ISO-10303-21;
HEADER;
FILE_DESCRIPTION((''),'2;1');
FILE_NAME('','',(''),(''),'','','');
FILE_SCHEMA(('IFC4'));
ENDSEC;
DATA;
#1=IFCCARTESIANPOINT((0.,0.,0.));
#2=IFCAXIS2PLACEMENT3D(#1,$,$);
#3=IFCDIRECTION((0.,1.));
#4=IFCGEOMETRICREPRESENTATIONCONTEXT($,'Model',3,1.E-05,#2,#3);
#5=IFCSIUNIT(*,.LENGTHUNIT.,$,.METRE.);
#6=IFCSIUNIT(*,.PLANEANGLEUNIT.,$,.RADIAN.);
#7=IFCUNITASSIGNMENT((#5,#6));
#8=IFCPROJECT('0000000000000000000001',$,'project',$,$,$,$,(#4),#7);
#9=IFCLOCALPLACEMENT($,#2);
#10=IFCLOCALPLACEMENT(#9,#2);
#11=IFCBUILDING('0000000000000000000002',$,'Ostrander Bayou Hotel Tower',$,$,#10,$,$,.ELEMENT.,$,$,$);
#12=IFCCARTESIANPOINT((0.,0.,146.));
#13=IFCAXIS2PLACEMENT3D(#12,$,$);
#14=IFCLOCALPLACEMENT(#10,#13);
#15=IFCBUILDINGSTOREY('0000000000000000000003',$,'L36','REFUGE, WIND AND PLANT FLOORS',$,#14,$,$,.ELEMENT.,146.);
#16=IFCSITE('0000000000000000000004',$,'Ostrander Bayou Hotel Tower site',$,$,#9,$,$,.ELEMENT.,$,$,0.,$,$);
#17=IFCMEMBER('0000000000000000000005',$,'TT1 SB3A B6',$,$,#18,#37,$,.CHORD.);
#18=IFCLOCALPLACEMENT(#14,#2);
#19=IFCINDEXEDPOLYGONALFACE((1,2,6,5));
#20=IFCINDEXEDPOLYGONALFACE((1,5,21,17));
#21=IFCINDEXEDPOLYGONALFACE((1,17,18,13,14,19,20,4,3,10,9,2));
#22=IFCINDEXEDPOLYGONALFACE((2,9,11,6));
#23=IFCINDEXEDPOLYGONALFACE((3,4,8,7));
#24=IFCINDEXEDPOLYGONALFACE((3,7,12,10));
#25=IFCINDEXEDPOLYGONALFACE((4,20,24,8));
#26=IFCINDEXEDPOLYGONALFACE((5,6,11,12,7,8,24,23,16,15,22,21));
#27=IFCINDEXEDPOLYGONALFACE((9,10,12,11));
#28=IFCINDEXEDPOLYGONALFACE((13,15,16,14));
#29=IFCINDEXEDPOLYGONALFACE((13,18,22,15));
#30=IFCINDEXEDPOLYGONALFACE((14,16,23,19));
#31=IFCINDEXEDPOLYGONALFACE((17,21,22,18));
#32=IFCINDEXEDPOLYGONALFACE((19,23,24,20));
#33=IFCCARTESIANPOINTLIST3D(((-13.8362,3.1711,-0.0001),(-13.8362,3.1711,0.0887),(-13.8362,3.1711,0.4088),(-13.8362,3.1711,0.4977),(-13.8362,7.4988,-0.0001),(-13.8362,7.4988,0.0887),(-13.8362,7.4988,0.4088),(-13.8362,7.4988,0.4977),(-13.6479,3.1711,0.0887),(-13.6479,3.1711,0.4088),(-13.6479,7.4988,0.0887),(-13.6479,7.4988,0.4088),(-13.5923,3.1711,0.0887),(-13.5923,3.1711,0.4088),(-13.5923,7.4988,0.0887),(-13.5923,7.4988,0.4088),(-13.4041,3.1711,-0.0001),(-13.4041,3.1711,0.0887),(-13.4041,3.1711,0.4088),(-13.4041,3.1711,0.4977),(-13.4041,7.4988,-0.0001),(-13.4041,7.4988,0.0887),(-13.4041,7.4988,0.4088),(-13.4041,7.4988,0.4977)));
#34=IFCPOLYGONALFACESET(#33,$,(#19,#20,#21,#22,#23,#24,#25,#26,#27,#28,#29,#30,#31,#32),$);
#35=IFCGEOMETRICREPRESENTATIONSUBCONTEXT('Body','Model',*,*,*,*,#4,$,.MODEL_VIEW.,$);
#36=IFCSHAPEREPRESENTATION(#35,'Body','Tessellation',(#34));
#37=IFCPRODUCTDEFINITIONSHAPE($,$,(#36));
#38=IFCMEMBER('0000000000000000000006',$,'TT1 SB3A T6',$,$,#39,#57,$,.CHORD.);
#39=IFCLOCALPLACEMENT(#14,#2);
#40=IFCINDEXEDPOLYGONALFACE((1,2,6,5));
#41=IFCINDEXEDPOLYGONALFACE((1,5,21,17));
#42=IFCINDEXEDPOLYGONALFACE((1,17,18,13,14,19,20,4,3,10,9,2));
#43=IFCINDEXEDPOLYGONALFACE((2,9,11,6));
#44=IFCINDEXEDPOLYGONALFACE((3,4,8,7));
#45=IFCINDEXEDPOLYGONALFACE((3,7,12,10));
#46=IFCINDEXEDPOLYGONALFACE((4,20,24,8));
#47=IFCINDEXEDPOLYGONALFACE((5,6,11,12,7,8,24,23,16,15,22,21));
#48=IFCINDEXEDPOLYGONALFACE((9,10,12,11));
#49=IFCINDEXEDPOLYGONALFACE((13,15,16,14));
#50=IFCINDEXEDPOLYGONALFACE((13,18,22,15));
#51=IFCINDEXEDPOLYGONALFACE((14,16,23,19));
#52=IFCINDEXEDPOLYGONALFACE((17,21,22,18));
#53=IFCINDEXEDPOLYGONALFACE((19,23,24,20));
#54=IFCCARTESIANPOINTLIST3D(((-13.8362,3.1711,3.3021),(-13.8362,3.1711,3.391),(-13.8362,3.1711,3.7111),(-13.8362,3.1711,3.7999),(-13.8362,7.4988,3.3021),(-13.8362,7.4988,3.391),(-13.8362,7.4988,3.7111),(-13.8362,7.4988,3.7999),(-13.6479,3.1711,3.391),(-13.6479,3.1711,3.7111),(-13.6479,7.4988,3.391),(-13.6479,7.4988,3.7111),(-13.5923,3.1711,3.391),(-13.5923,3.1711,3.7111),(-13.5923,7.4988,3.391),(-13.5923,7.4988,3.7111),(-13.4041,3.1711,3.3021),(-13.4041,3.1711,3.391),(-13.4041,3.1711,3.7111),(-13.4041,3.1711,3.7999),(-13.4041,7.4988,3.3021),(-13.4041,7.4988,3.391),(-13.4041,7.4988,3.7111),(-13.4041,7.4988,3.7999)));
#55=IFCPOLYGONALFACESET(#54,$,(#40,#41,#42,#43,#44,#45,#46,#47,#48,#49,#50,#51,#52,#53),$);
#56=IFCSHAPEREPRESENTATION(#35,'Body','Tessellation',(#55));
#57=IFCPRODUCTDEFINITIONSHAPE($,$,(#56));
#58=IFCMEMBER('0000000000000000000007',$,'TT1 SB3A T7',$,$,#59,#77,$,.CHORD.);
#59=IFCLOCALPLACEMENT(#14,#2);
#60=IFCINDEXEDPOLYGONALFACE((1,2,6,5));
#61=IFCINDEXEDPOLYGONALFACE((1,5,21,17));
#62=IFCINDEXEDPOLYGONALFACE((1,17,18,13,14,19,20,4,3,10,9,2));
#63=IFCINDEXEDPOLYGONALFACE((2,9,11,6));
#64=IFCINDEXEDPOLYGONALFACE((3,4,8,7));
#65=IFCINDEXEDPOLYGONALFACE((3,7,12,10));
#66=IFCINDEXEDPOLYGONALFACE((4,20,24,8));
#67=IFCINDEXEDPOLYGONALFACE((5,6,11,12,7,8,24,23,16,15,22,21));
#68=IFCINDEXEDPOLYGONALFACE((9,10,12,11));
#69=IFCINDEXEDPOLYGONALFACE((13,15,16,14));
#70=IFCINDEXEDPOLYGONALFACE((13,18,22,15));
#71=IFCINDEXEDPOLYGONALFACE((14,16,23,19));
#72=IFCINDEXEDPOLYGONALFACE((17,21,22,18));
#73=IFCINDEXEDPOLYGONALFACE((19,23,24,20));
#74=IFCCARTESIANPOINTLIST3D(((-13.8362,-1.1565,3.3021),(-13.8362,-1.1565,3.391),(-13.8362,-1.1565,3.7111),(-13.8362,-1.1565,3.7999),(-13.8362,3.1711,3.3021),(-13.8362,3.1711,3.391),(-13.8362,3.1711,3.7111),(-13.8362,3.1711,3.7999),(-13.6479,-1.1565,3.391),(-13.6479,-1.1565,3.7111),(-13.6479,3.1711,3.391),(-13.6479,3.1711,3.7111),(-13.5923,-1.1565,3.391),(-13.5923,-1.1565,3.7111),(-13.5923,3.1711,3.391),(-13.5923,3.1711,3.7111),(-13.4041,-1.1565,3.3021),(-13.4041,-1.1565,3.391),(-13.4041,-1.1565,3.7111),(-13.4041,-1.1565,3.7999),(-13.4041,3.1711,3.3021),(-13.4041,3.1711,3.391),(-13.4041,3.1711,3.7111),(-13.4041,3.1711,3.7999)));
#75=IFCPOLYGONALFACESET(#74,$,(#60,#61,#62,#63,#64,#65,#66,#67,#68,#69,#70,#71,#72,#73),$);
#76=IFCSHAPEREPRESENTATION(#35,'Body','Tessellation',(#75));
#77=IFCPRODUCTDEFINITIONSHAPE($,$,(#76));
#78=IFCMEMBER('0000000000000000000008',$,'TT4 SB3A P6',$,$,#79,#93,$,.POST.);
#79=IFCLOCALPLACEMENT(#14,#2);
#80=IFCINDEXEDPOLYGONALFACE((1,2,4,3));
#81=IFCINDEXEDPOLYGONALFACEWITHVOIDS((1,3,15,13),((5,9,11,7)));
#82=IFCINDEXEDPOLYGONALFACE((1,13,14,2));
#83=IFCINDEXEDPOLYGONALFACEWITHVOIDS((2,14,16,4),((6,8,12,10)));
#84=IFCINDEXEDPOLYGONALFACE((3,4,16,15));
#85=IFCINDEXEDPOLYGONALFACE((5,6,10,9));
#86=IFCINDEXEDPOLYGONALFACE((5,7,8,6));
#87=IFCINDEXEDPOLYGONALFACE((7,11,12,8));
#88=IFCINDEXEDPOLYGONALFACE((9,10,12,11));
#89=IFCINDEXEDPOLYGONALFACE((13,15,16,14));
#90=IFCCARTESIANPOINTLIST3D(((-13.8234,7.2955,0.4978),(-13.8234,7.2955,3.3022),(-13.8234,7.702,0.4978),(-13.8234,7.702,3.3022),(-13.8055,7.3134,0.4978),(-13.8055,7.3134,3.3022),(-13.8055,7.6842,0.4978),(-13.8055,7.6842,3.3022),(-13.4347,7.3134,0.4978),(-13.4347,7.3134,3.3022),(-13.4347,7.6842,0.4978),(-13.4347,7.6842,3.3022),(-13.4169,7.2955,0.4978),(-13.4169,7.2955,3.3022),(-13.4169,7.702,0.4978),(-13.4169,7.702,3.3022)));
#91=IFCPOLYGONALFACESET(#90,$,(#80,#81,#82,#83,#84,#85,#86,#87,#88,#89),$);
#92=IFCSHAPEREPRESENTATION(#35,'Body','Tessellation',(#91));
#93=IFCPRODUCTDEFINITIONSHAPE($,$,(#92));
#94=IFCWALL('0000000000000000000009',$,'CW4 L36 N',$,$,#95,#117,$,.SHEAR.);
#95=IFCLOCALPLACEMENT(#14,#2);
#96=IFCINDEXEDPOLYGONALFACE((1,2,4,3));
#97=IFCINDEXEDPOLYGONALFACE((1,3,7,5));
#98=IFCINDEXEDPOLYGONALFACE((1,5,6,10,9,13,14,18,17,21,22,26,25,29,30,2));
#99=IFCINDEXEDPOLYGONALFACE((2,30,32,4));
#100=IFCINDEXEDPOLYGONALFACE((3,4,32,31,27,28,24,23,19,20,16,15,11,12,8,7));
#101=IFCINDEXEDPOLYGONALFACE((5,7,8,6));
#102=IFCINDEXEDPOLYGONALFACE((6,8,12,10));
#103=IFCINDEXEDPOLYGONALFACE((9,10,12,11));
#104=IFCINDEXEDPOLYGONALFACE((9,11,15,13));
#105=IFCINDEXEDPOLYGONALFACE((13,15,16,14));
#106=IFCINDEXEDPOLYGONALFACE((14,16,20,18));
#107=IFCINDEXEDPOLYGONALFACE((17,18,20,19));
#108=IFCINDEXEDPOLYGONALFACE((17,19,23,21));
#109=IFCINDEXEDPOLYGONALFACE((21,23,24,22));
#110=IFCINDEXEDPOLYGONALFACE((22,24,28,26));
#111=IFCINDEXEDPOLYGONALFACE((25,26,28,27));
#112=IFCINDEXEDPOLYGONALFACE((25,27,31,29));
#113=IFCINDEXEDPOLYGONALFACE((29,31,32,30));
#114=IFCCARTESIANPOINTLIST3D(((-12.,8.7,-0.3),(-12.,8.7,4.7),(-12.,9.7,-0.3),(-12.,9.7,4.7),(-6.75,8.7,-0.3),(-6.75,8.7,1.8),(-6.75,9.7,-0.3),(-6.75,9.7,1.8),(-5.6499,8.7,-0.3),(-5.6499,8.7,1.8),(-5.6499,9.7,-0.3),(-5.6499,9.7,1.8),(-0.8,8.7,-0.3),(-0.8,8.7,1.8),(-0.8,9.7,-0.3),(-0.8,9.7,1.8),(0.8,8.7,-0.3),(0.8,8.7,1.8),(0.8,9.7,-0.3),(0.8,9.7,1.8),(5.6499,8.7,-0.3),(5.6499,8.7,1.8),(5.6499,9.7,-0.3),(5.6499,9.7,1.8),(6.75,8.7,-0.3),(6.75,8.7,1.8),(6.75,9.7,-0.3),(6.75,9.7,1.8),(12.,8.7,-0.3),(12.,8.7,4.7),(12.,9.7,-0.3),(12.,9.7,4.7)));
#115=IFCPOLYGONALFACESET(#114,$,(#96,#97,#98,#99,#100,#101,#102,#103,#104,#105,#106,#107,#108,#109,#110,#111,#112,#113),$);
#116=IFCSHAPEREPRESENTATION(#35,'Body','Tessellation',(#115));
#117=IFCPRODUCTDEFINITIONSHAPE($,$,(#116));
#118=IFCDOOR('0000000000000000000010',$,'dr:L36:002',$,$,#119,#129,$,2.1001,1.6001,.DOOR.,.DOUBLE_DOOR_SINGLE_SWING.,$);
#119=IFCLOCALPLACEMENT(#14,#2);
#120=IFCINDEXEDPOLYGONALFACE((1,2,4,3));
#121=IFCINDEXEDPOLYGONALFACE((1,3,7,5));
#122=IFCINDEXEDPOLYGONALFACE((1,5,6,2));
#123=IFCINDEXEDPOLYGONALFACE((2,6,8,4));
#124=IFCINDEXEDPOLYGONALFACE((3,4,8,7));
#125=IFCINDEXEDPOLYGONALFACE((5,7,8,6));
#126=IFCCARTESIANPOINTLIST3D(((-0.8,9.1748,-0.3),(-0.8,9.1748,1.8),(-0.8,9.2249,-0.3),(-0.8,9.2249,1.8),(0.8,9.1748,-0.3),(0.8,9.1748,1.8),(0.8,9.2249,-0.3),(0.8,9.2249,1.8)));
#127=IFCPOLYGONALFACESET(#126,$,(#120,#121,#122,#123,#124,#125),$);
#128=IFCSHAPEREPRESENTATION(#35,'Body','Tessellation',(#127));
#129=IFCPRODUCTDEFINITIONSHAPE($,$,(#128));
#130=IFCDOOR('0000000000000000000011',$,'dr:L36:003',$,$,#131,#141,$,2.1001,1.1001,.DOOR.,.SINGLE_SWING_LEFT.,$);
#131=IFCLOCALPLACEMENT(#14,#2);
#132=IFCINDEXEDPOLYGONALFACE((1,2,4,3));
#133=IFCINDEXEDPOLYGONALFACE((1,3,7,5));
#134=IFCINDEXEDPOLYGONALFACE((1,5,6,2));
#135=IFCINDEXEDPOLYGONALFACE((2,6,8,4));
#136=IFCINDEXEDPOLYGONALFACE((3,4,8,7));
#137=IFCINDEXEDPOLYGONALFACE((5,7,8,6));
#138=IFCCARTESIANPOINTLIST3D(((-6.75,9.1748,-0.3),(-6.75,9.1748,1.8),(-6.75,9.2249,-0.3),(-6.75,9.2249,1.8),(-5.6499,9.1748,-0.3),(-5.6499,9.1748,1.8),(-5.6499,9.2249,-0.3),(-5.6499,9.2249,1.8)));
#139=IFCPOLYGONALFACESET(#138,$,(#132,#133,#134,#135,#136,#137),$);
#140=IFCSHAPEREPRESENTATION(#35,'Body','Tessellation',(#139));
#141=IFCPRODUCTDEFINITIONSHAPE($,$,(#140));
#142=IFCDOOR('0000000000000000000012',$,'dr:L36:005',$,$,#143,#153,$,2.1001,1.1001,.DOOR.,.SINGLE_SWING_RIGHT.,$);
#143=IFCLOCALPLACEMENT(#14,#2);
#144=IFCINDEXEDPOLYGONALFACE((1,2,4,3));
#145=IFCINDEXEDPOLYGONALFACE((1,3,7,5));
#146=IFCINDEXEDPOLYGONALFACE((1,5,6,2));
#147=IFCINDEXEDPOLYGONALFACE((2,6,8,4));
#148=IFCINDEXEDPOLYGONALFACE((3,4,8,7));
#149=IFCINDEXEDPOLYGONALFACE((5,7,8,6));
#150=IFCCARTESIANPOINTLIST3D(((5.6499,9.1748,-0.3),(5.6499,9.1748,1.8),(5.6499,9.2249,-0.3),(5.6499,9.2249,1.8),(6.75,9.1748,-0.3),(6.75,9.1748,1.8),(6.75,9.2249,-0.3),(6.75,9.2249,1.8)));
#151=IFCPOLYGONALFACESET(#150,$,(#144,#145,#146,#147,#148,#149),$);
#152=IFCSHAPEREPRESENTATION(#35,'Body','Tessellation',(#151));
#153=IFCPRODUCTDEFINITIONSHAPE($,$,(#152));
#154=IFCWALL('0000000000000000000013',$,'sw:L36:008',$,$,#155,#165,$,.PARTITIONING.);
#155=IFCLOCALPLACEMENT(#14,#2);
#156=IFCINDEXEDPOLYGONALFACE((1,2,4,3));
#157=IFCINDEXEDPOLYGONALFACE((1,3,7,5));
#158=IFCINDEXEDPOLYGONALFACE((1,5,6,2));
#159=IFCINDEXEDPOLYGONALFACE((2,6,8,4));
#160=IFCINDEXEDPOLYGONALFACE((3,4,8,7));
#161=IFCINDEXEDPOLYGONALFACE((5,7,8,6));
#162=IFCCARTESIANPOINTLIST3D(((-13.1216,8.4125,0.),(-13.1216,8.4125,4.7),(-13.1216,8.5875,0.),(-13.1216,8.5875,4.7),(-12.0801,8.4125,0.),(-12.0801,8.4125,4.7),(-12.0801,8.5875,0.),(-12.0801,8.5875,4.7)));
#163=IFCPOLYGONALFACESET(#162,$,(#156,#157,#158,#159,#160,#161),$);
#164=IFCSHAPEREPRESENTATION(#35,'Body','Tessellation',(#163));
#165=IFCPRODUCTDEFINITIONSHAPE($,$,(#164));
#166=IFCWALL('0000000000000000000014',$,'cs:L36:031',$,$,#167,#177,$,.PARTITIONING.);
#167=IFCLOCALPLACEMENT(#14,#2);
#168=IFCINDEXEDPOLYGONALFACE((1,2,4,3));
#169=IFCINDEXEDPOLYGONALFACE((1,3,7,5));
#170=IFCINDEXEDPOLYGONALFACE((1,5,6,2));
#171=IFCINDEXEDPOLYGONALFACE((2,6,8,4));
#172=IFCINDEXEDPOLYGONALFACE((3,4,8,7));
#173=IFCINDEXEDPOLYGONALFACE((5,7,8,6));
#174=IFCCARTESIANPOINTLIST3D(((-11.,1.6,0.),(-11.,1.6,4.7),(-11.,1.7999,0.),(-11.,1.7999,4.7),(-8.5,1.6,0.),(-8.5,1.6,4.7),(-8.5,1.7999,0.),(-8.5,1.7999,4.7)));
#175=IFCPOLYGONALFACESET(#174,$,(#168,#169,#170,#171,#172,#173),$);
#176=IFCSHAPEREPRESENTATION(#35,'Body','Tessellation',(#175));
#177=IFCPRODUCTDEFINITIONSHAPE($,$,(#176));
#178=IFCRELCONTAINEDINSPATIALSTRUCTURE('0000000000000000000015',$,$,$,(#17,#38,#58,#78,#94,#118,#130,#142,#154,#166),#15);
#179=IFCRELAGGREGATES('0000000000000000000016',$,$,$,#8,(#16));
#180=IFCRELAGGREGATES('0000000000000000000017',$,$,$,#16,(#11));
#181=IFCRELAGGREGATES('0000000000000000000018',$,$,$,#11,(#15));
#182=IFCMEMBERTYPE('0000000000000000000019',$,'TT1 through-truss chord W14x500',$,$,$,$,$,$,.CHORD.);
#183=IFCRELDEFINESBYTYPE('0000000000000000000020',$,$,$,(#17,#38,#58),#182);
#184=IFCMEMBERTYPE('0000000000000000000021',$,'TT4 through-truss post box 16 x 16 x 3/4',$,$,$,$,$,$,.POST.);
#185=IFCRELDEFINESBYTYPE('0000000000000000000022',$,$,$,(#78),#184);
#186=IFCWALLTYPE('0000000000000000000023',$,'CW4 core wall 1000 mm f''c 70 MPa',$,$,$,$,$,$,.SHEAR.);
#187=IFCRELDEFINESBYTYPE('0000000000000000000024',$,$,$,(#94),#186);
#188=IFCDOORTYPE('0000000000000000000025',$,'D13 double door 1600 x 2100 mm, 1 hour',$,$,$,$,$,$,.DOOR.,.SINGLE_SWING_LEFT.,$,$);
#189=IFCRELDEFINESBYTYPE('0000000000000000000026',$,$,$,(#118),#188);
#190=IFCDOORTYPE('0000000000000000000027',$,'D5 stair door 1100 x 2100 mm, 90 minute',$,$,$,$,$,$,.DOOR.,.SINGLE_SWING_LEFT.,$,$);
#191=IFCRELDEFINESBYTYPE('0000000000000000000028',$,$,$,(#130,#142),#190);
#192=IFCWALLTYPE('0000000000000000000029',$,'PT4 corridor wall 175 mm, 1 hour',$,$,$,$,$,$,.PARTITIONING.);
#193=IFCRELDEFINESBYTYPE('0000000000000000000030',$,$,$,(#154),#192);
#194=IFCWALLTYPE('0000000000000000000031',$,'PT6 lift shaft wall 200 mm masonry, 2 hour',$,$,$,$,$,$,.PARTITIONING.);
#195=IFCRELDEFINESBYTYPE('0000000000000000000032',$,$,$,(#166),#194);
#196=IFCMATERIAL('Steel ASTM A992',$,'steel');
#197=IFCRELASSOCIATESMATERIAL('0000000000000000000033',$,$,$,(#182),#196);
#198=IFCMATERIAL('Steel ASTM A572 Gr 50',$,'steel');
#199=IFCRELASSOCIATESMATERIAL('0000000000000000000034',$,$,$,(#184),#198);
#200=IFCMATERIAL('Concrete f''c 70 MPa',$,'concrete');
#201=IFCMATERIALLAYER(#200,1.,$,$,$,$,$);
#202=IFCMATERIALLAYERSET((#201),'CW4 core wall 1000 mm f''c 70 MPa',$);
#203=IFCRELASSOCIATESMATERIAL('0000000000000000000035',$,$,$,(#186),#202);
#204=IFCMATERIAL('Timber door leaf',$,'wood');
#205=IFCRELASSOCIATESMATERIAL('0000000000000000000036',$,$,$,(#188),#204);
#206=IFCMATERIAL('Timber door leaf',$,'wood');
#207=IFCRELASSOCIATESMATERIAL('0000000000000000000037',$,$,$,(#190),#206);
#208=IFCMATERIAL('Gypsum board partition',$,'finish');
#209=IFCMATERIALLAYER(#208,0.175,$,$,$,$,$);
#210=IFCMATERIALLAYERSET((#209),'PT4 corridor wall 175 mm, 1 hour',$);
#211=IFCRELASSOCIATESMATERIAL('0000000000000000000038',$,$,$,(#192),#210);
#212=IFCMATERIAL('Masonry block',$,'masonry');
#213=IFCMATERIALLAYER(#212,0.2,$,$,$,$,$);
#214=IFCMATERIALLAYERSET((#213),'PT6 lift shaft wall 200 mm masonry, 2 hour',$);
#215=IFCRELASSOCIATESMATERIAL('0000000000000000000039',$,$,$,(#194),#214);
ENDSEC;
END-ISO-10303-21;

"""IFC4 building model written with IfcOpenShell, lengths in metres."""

from ifc_helpers import new_model, si_unit, direction, frame, frame_2d, origin, origin_2d, place, context, subcontext, project, spatial, rectangle, hollow_rectangle, i_section, extrude, material, layer, layer_set, material_profile, profile_set, type_object, element, fill, save


model = new_model("IFC4")

# Units and contexts
model_context = context("Model", 3, precision=1e-05, world=origin(), true_north=direction((0.0, 1.0)))
body_context = subcontext(model_context, "Body", "Model", "MODEL_VIEW")
ifc_project = project(units=[si_unit("LENGTHUNIT", "METRE"), si_unit("PLANEANGLEUNIT", "RADIAN")], contexts=[model_context])

# Site, building, storey
site_placement = place(None, origin())
site = spatial("IfcSite", under=ifc_project, at=site_placement, Name="Ostrander Bayou Hotel Tower site", CompositionType="ELEMENT", RefElevation=0.0)
building_placement = place(site_placement, origin())
building = spatial("IfcBuilding", under=site, at=building_placement, Name="Ostrander Bayou Hotel Tower", CompositionType="ELEMENT")
storey_placement = place(building_placement, frame((0.0, 0.0, 146.0)))
storey = spatial("IfcBuildingStorey", under=building, at=storey_placement, Name="L36", Description="REFUGE, WIND AND PLANT FLOORS", CompositionType="ELEMENT", Elevation=146.0)

# Members
ifc_material_1 = material(Name="Steel ASTM A992", Category="steel")
ifc_material_profile_1 = material_profile(ifc_material_1, i_section(OverallWidth=0.4321, OverallDepth=0.4978, WebThickness=0.0557, FlangeThickness=0.0889, at=origin_2d()))
ifc_profile_set_1 = profile_set([ifc_material_profile_1], Name="Steel ASTM A992")
member_type_1 = type_object("IfcMemberType", Name="TT1 through-truss chord W14x500", PredefinedType="CHORD", material=ifc_profile_set_1)
for number, where, z_axis, x_axis, name in (
    (1, (-13.6201, 7.4988, 0.2488), (0.0, -1.0, 0.0), (1.0, 0.0, 0.0), "TT1 SB3A B6"),
    (2, (-13.6201, 7.4988, 3.551), (0.0, -1.0, 0.0), (1.0, 0.0, 0.0), "TT1 SB3A T6"),
    (3, (-13.6201, 3.1711, 3.551), (0.0, -1.0, 0.0), (1.0, 0.0, 0.0), "TT1 SB3A T7"),
):
    element("IfcMember", number, at=place(storey_placement, frame(where, z_axis=z_axis, x_axis=x_axis)), inside=storey, type_object=member_type_1, Name=name, PredefinedType="CHORD", context=body_context, shape_type="SweptSolid", body=[
        extrude(i_section(OverallWidth=0.4321, OverallDepth=0.4978, WebThickness=0.0557, FlangeThickness=0.0889, at=origin_2d()), origin(), (0.0, 0.0, 1.0), 4.3276),
    ])
ifc_material_2 = material(Name="Steel ASTM A572 Gr 50", Category="steel")
ifc_material_profile_2 = material_profile(ifc_material_2, hollow_rectangle(XDim=0.4065, YDim=0.4065, WallThickness=0.0178, at=origin_2d()))
ifc_profile_set_2 = profile_set([ifc_material_profile_2], Name="Steel ASTM A572 Gr 50")
member_type_2 = type_object("IfcMemberType", Name="TT4 through-truss post box 16 x 16 x 3/4", PredefinedType="POST", material=ifc_profile_set_2)
member_placement = place(storey_placement, frame((-13.6201, 7.4988, 0.4978), z_axis=(0.0, 0.0, 1.0), x_axis=(1.0, 0.0, 0.0)))
element("IfcMember", 4, at=member_placement, inside=storey, type_object=member_type_2, Name="TT4 SB3A P6", PredefinedType="POST", context=body_context, shape_type="SweptSolid", body=[
    extrude(hollow_rectangle(XDim=0.4065, YDim=0.4065, WallThickness=0.0178, at=origin_2d()), origin(), (0.0, 0.0, 1.0), 2.8044),
])

# Wall, openings, doors
ifc_material_3 = material(Name="Concrete f'c 70 MPa", Category="concrete")
ifc_layer_1 = layer(ifc_material_3, 1.0)
ifc_layer_set_1 = layer_set([ifc_layer_1], Name="CW4 core wall 1000 mm f'c 70 MPa")
wall_type_1 = type_object("IfcWallType", Name="CW4 core wall 1000 mm f'c 70 MPa", PredefinedType="SHEAR", material=ifc_layer_set_1)
wall_1_placement = place(storey_placement, frame((-12.0, 9.2, -0.3), z_axis=(0.0, 0.0, 1.0), x_axis=(1.0, 0.0, 0.0)))
wall_1 = element("IfcWall", 5, at=wall_1_placement, inside=storey, type_object=wall_type_1, Name="CW4 L36 N", PredefinedType="SHEAR", context=body_context, shape_type="SweptSolid", body=[
    extrude(rectangle(XDim=24.0, YDim=1.0, at=frame_2d((12.0, 0.0))), origin(), (0.0, 0.0, 1.0), 5.0),
])
opening_1_placement = place(wall_1_placement, frame((11.2, 0.0, 0.0)))
opening_1 = element("IfcOpeningElement", 6, at=opening_1_placement, cuts=wall_1, PredefinedType="OPENING", context=body_context, shape_type="SweptSolid", body=[
    extrude(rectangle(XDim=1.6001, YDim=2.1001, at=frame_2d((0.8, 1.05))), frame((0.0, 0.5, 0.0), z_axis=(0.0, -1.0, 0.0), x_axis=(1.0, 0.0, 0.0)), (0.0, 0.0, 1.0), 1.0),
])
opening_2_placement = place(wall_1_placement, frame((5.25, 0.0, 0.0)))
opening_2 = element("IfcOpeningElement", 7, at=opening_2_placement, cuts=wall_1, PredefinedType="OPENING", context=body_context, shape_type="SweptSolid", body=[
    extrude(rectangle(XDim=1.1001, YDim=2.1001, at=frame_2d((0.55, 1.05))), frame((0.0, 0.5, 0.0), z_axis=(0.0, -1.0, 0.0), x_axis=(1.0, 0.0, 0.0)), (0.0, 0.0, 1.0), 1.0),
])
opening_3_placement = place(wall_1_placement, frame((17.6499, 0.0, 0.0)))
opening_3 = element("IfcOpeningElement", 8, at=opening_3_placement, cuts=wall_1, PredefinedType="OPENING", context=body_context, shape_type="SweptSolid", body=[
    extrude(rectangle(XDim=1.1001, YDim=2.1001, at=frame_2d((0.55, 1.05))), frame((0.0, 0.5, 0.0), z_axis=(0.0, -1.0, 0.0), x_axis=(1.0, 0.0, 0.0)), (0.0, 0.0, 1.0), 1.0),
])
ifc_material_4 = material(Name="Timber door leaf", Category="wood")
door_type_1 = type_object("IfcDoorType", Name="D13 double door 1600 x 2100 mm, 1 hour", OperationType="SINGLE_SWING_LEFT", PredefinedType="DOOR", material=ifc_material_4)
door_1_placement = place(opening_1_placement, origin())
door_1 = element("IfcDoor", 9, at=door_1_placement, inside=storey, type_object=door_type_1, Name="dr:L36:002", OperationType="DOUBLE_DOOR_SINGLE_SWING", OverallHeight=2.1001, OverallWidth=1.6001, PredefinedType="DOOR", context=body_context, shape_type="SweptSolid", body=[
    extrude(rectangle(XDim=1.6001, YDim=2.1001, at=frame_2d((0.8, 1.05))), frame((0.0, 0.0249, 0.0), z_axis=(0.0, -1.0, 0.0), x_axis=(1.0, 0.0, 0.0)), (0.0, 0.0, 1.0), 0.05),
])
fill(opening_1, door_1)
ifc_material_5 = material(Name="Timber door leaf", Category="wood")
door_type_2 = type_object("IfcDoorType", Name="D5 stair door 1100 x 2100 mm, 90 minute", OperationType="SINGLE_SWING_LEFT", PredefinedType="DOOR", material=ifc_material_5)
door_2_placement = place(opening_2_placement, origin())
door_2 = element("IfcDoor", 10, at=door_2_placement, inside=storey, type_object=door_type_2, Name="dr:L36:003", OperationType="SINGLE_SWING_LEFT", OverallHeight=2.1001, OverallWidth=1.1001, PredefinedType="DOOR", context=body_context, shape_type="SweptSolid", body=[
    extrude(rectangle(XDim=1.1001, YDim=2.1001, at=frame_2d((0.55, 1.05))), frame((0.0, 0.0249, 0.0), z_axis=(0.0, -1.0, 0.0), x_axis=(1.0, 0.0, 0.0)), (0.0, 0.0, 1.0), 0.05),
])
fill(opening_2, door_2)
door_3_placement = place(opening_3_placement, origin())
door_3 = element("IfcDoor", 11, at=door_3_placement, inside=storey, type_object=door_type_2, Name="dr:L36:005", OperationType="SINGLE_SWING_RIGHT", OverallHeight=2.1001, OverallWidth=1.1001, PredefinedType="DOOR", context=body_context, shape_type="SweptSolid", body=[
    extrude(rectangle(XDim=1.1001, YDim=2.1001, at=frame_2d((0.55, 1.05))), frame((0.0, 0.0249, 0.0), z_axis=(0.0, -1.0, 0.0), x_axis=(1.0, 0.0, 0.0)), (0.0, 0.0, 1.0), 0.05),
])
fill(opening_3, door_3)

# Shared definitions
ifc_material_6 = material(Name="Gypsum board partition", Category="finish")
ifc_layer_2 = layer(ifc_material_6, 0.175)
ifc_layer_set_2 = layer_set([ifc_layer_2], Name="PT4 corridor wall 175 mm, 1 hour")
wall_type_2 = type_object("IfcWallType", Name="PT4 corridor wall 175 mm, 1 hour", PredefinedType="PARTITIONING", material=ifc_layer_set_2)

# Wall
wall_2_placement = place(storey_placement, frame((-13.1216, 8.5, 0.0), z_axis=(0.0, 0.0, 1.0), x_axis=(1.0, 0.0, 0.0)))
element("IfcWall", 12, at=wall_2_placement, inside=storey, type_object=wall_type_2, Name="sw:L36:008", PredefinedType="PARTITIONING", context=body_context, shape_type="SweptSolid", body=[
    extrude(rectangle(XDim=1.0415, YDim=0.175, at=frame_2d((0.5208, 0.0))), origin(), (0.0, 0.0, 1.0), 4.7),
])

# Wall
ifc_material_7 = material(Name="Masonry block", Category="masonry")
ifc_layer_3 = layer(ifc_material_7, 0.2)
ifc_layer_set_3 = layer_set([ifc_layer_3], Name="PT6 lift shaft wall 200 mm masonry, 2 hour")
wall_type_3 = type_object("IfcWallType", Name="PT6 lift shaft wall 200 mm masonry, 2 hour", PredefinedType="PARTITIONING", material=ifc_layer_set_3)
for number, where, z_axis, x_axis, name in (
    (13, (-11.0, 1.7, 0.0), (0.0, 0.0, 1.0), (1.0, 0.0, 0.0), "cs:L36:031"),
):
    element("IfcWall", number, at=place(storey_placement, frame(where, z_axis=z_axis, x_axis=x_axis)), inside=storey, type_object=wall_type_3, Name=name, PredefinedType="PARTITIONING", context=body_context, shape_type="SweptSolid", body=[
        extrude(rectangle(XDim=2.5, YDim=0.2, at=frame_2d((1.25, 0.0))), origin(), (0.0, 0.0, 1.0), 4.7),
    ])

save(model, "model.ifc")
